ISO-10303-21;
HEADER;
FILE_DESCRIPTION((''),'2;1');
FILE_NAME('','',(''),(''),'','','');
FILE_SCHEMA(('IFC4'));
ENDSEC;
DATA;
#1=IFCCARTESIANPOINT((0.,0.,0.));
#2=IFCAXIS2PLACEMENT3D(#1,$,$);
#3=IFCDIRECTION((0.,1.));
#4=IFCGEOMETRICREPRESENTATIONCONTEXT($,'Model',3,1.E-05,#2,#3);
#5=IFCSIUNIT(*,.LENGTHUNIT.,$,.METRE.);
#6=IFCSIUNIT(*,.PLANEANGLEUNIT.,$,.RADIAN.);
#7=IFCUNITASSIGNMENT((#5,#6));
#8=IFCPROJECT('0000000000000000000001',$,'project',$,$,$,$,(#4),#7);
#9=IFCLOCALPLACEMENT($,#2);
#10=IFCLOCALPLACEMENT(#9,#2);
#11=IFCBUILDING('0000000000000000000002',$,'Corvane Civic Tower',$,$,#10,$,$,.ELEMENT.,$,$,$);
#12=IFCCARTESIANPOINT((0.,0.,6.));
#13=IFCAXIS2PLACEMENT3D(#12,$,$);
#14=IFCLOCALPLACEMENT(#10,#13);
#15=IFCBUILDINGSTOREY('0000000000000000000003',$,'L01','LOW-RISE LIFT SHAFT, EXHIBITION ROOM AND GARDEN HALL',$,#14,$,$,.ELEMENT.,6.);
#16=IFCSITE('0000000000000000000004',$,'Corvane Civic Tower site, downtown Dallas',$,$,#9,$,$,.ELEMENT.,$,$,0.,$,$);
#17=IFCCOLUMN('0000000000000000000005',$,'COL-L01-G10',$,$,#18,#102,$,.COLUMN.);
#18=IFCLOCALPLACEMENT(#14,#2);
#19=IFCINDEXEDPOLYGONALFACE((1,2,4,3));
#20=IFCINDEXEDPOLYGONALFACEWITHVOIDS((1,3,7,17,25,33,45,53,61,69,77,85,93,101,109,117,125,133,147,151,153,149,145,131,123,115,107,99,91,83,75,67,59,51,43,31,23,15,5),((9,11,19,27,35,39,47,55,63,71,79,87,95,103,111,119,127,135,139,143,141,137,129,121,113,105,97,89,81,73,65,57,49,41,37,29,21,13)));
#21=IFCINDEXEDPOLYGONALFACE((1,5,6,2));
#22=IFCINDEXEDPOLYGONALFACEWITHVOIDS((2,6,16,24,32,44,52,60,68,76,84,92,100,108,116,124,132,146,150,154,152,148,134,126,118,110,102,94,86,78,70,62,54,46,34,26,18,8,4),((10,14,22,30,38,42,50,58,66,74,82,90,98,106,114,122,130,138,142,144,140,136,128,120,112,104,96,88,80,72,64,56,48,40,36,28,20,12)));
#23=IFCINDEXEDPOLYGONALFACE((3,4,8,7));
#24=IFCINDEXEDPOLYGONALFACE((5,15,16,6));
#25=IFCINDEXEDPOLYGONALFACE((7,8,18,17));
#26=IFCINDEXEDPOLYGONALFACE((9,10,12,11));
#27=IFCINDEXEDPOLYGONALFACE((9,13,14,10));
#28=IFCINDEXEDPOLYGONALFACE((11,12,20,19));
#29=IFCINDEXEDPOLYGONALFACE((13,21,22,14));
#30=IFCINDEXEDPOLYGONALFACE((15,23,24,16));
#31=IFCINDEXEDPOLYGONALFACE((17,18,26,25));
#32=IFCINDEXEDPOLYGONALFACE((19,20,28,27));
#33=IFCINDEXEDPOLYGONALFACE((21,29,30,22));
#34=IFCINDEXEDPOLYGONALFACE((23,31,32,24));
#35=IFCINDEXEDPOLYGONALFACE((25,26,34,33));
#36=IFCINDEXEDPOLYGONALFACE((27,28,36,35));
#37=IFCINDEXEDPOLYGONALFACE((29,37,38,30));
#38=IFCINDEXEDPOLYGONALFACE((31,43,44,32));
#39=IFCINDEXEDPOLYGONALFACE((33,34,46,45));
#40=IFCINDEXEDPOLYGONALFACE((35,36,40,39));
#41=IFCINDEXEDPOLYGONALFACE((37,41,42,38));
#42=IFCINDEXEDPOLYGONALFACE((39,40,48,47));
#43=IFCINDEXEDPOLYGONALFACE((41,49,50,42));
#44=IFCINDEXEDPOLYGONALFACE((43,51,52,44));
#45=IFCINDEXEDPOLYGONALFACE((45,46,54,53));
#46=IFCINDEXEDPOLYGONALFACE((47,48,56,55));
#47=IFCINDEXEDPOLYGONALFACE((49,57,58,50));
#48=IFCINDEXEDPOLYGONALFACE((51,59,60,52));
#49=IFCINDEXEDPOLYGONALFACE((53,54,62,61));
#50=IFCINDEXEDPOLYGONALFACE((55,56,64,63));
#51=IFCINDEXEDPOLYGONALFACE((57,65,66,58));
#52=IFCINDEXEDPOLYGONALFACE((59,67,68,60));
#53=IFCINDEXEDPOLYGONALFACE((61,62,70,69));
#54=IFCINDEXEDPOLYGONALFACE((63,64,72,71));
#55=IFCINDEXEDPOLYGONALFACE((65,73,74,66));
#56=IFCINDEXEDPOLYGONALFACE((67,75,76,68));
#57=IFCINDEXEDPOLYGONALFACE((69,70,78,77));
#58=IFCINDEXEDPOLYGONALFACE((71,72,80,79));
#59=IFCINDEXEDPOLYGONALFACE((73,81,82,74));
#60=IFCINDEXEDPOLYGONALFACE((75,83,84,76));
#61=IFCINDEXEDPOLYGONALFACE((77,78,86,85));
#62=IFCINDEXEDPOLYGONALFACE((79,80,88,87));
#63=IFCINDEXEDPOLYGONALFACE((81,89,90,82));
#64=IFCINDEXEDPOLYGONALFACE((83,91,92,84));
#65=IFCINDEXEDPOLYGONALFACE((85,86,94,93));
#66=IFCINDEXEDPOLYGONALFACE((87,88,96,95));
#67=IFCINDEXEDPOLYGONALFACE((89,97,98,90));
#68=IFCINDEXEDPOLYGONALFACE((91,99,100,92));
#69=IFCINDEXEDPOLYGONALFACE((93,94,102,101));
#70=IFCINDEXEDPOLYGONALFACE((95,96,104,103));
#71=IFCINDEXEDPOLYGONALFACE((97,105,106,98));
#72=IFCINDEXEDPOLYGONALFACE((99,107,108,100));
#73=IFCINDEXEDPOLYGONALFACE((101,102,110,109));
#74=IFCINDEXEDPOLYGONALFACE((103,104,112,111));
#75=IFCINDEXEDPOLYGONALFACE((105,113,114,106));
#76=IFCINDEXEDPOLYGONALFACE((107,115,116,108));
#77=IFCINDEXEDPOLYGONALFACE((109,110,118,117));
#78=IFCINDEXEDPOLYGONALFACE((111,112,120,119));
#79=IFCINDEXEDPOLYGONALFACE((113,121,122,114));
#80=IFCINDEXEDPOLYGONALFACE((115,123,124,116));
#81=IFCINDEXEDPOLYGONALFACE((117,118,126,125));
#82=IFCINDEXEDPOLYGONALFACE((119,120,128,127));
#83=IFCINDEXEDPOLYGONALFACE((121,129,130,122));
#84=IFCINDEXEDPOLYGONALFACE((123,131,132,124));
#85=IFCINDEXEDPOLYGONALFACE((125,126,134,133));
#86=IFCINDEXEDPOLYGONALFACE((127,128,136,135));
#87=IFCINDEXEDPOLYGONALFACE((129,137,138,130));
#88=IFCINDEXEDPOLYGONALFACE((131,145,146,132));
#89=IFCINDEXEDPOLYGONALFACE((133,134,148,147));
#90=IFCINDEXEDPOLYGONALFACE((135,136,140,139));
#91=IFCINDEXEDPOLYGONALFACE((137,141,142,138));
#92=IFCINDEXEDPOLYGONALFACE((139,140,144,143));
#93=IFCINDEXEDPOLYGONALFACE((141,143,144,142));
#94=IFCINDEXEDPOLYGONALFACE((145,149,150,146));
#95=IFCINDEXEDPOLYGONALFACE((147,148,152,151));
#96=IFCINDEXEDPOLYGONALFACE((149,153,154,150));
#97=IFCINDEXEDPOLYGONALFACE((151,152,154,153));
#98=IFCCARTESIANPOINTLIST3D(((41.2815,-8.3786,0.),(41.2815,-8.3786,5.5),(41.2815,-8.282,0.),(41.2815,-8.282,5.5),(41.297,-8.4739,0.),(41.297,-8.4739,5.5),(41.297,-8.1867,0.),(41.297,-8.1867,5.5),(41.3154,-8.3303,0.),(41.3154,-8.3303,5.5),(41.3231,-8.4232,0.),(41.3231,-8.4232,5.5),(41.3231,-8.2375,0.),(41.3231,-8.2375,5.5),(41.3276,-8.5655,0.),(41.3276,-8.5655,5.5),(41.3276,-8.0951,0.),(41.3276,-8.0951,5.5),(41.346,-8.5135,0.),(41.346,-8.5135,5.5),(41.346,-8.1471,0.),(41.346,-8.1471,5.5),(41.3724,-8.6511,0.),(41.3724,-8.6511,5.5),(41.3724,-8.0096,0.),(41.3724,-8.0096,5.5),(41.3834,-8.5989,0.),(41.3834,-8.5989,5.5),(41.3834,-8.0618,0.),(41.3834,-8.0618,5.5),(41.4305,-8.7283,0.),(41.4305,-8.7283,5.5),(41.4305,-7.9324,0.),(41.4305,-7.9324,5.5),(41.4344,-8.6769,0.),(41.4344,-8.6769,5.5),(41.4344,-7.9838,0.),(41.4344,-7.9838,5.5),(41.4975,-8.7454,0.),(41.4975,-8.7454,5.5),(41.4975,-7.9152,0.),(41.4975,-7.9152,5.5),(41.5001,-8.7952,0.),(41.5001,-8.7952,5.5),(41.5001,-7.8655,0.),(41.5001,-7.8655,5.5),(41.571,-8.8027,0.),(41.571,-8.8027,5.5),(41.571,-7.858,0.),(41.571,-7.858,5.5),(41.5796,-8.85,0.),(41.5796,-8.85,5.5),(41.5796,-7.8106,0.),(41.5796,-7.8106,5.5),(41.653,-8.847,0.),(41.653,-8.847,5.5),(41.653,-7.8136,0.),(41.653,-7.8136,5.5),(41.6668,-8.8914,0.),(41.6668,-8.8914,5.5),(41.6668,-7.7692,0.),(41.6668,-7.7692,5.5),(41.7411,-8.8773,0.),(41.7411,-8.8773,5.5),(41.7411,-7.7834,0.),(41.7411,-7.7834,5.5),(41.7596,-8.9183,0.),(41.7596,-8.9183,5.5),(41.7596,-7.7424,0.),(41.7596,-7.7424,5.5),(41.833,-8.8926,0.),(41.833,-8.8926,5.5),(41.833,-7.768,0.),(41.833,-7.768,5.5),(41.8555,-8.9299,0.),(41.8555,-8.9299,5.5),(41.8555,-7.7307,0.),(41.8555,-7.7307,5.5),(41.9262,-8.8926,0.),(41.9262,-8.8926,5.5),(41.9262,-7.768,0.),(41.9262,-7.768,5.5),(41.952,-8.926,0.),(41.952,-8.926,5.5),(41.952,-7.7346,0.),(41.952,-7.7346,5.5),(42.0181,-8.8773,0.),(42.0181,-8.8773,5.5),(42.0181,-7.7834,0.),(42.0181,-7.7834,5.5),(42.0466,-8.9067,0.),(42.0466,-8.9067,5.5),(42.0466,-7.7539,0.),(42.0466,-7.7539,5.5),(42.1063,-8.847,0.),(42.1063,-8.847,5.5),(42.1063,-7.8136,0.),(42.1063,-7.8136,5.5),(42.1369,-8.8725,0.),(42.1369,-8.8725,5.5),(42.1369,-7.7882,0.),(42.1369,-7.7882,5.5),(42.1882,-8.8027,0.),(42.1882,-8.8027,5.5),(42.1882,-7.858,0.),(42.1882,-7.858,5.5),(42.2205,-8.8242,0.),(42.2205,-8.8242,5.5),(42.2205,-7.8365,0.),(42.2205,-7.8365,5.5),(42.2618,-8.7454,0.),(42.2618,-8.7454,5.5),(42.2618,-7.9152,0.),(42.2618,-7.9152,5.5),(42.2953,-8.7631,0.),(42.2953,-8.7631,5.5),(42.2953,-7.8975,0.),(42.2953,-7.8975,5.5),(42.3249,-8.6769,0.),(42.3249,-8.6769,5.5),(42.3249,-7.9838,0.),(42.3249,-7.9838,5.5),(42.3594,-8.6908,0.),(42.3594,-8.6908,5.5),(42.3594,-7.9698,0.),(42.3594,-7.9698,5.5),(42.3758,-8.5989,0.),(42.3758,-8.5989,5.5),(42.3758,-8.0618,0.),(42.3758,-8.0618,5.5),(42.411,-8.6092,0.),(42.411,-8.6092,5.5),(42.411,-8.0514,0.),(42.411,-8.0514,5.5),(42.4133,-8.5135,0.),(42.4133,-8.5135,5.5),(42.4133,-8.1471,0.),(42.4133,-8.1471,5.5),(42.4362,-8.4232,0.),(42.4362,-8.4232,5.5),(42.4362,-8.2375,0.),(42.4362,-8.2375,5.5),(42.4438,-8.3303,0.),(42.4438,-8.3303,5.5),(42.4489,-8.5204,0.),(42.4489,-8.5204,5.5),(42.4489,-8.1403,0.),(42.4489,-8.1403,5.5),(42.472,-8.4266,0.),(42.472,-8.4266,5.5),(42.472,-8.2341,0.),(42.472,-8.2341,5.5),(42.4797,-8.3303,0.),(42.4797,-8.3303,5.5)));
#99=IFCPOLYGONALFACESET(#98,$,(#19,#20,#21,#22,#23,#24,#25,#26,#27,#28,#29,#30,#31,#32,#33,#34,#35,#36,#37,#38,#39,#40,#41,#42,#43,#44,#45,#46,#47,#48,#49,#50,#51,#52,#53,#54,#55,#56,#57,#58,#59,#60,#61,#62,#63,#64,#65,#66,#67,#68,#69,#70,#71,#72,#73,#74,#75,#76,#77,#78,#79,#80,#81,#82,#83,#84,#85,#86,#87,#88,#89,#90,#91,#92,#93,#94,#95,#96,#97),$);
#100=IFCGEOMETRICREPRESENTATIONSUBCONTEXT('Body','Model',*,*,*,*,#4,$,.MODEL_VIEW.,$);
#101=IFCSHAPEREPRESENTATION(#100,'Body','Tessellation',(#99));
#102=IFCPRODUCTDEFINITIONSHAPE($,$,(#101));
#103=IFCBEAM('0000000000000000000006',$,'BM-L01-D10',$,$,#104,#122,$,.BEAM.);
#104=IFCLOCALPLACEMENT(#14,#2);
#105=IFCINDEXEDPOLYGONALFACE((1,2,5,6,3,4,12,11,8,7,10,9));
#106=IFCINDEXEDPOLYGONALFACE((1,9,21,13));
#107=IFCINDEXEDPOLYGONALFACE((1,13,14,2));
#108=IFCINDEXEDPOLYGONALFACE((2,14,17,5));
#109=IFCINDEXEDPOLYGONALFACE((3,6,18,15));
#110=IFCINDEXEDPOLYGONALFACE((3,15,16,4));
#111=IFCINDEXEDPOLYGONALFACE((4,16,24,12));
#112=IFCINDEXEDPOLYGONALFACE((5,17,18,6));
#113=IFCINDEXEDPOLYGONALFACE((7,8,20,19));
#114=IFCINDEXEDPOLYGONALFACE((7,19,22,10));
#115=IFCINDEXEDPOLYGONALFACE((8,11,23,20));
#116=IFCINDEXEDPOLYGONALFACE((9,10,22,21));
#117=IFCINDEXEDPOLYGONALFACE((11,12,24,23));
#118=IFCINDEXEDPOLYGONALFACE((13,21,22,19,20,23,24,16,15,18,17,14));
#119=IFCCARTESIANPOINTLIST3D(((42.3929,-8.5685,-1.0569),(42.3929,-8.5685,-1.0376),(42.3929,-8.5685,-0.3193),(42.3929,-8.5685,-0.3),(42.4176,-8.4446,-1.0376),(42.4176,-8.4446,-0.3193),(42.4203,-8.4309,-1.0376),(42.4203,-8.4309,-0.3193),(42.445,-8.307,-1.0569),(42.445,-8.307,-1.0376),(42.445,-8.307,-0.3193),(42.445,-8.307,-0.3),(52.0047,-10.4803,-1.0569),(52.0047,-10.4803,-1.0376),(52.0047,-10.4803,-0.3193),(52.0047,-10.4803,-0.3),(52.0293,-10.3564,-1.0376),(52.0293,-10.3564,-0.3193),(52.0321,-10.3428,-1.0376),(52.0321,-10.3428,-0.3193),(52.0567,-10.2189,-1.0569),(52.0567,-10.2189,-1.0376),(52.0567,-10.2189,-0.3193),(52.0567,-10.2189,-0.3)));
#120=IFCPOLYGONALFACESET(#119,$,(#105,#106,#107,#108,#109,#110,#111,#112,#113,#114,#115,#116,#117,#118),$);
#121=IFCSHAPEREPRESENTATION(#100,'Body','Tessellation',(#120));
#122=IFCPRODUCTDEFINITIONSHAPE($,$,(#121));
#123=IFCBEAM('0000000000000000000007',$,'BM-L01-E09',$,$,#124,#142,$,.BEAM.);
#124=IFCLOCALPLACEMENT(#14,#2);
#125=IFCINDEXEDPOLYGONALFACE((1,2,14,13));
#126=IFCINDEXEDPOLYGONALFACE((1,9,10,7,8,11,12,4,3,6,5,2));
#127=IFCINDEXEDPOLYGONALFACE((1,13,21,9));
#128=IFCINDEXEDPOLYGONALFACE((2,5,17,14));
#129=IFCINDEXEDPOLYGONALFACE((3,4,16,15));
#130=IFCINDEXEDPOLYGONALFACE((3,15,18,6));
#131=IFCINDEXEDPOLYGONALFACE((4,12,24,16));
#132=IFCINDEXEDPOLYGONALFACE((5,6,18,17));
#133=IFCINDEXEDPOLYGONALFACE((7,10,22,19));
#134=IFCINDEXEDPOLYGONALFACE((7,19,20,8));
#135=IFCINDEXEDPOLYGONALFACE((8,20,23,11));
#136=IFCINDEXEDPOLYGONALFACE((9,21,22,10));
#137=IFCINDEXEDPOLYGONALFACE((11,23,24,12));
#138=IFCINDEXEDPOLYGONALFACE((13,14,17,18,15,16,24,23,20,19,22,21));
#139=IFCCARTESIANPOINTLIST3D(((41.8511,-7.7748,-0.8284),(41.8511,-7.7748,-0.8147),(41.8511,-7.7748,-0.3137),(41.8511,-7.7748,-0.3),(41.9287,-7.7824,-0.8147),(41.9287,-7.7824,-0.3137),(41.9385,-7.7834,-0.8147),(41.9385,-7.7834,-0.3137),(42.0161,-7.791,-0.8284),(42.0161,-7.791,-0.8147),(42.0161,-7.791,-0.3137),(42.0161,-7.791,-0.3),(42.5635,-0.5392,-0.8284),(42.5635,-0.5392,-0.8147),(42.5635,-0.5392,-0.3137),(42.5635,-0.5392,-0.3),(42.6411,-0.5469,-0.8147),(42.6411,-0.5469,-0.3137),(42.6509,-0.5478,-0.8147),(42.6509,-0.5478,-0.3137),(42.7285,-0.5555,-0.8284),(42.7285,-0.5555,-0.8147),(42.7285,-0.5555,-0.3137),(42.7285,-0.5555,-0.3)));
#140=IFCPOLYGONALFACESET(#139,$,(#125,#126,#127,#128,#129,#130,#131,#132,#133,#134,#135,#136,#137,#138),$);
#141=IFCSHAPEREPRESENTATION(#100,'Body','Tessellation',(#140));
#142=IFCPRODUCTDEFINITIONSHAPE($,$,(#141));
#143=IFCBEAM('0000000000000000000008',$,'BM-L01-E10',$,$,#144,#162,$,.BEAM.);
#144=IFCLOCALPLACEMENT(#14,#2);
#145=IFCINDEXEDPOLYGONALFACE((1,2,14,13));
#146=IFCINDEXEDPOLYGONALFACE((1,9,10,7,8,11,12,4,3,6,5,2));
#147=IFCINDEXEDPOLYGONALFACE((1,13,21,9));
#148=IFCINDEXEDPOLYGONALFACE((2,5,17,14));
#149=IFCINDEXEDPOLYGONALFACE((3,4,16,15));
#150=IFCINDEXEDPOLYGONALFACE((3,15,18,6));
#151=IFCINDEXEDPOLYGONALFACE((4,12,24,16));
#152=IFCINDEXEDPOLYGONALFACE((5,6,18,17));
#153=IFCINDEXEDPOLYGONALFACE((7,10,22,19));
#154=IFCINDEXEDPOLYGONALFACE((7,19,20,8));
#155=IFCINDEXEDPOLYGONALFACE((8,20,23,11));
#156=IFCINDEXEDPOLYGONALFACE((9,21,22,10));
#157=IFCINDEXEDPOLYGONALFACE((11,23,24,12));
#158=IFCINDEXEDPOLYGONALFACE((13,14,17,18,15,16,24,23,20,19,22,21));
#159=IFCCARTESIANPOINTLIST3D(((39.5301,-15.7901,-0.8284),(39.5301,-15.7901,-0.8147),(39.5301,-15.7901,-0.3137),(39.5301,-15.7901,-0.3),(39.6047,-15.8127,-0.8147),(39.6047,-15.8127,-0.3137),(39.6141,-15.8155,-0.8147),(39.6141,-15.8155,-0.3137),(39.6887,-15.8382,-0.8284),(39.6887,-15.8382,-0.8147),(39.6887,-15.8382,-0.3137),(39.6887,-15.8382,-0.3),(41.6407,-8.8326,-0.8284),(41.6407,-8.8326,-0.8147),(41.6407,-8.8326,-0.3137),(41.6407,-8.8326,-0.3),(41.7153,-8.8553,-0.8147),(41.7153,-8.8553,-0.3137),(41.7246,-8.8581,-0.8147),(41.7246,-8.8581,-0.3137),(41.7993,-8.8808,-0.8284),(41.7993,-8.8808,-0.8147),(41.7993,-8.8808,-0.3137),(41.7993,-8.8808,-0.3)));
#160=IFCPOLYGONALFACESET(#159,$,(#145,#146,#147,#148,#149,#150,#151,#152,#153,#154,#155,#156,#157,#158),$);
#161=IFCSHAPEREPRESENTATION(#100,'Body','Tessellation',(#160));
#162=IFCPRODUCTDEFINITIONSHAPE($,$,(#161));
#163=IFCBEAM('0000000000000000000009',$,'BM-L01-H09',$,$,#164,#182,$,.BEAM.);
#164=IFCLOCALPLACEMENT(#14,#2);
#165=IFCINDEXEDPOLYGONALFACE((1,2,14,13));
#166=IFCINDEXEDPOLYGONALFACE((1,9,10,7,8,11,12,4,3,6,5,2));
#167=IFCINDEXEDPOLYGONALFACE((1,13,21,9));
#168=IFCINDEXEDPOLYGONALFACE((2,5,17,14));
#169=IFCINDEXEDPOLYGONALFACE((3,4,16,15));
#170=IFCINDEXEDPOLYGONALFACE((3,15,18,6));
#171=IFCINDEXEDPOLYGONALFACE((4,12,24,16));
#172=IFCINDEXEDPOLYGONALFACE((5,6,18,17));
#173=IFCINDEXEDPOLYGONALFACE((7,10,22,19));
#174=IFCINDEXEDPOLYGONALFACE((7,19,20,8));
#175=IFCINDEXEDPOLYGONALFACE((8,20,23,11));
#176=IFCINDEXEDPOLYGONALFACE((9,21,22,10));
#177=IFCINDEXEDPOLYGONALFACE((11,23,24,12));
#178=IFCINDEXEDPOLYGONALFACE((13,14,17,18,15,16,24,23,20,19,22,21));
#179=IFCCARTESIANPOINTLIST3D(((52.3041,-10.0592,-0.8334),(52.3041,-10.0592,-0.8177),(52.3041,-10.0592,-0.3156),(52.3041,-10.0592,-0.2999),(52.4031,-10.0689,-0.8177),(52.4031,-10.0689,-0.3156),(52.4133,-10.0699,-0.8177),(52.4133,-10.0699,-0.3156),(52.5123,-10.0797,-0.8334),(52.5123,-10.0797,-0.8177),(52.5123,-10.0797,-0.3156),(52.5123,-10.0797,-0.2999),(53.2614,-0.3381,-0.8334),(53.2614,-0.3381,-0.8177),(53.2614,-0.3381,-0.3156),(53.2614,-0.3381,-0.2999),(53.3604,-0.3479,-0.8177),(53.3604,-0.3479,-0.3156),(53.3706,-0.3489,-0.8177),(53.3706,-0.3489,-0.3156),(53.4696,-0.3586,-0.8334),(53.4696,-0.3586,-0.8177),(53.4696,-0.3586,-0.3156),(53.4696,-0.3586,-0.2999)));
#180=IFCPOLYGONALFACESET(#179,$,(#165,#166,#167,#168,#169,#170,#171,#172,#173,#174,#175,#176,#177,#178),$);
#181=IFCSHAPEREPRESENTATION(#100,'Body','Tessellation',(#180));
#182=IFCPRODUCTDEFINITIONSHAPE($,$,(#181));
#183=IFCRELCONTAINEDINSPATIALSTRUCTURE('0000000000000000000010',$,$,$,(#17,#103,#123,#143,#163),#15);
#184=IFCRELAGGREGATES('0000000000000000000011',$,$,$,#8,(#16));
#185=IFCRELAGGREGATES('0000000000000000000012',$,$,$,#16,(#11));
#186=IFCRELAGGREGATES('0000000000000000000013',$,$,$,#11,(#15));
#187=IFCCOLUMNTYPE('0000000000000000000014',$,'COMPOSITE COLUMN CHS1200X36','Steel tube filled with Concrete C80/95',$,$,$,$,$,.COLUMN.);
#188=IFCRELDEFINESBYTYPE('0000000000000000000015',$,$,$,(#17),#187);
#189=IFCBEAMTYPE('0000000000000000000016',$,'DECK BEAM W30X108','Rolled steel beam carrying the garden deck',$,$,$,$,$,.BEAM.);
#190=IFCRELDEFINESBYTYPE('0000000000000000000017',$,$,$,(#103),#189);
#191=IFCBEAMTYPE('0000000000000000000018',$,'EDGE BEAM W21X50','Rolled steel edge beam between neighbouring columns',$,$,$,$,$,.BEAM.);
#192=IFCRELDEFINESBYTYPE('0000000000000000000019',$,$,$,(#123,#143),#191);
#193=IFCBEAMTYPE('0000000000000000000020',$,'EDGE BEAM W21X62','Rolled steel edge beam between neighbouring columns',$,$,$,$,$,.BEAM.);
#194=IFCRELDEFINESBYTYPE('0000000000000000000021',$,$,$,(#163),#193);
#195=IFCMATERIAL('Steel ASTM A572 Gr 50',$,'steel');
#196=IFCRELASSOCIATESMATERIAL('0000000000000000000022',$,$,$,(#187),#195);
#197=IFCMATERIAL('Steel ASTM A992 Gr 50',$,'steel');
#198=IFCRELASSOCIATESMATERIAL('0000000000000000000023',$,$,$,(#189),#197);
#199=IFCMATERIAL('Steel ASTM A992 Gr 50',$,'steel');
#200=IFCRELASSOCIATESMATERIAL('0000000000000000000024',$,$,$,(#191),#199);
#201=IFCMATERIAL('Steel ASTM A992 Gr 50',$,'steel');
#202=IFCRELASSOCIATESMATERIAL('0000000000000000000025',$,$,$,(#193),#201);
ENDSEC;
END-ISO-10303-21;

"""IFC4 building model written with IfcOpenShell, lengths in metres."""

from ifc_helpers import new_model, si_unit, direction, frame, origin, origin_2d, place, context, subcontext, project, spatial, hollow_circle, i_section, extrude, material, material_profile, profile_set, type_object, element, save


model = new_model("IFC4")

# Units and contexts
model_context = context("Model", 3, precision=1e-05, world=origin(), true_north=direction((0.0, 1.0)))
body_context = subcontext(model_context, "Body", "Model", "MODEL_VIEW")
ifc_project = project(units=[si_unit("LENGTHUNIT", "METRE"), si_unit("PLANEANGLEUNIT", "RADIAN")], contexts=[model_context])

# Site, building, storey
site_placement = place(None, origin())
site = spatial("IfcSite", under=ifc_project, at=site_placement, Name="Corvane Civic Tower site, downtown Dallas", CompositionType="ELEMENT", RefElevation=0.0)
building_placement = place(site_placement, origin())
building = spatial("IfcBuilding", under=site, at=building_placement, Name="Corvane Civic Tower", CompositionType="ELEMENT")
storey_placement = place(building_placement, frame((0.0, 0.0, 6.0)))
storey = spatial("IfcBuildingStorey", under=building, at=storey_placement, Name="L01", Description="LOW-RISE LIFT SHAFT, EXHIBITION ROOM AND GARDEN HALL", CompositionType="ELEMENT", Elevation=6.0)

# Column
ifc_material_1 = material(Name="Steel ASTM A572 Gr 50", Category="steel")
ifc_material_profile_1 = material_profile(ifc_material_1, hollow_circle(Radius=0.6001, WallThickness=0.0359, at=origin_2d()), Name="CHS1200X36")
ifc_profile_set_1 = profile_set([ifc_material_profile_1], Name="Steel ASTM A572 Gr 50")
column_type = type_object("IfcColumnType", Name="COMPOSITE COLUMN CHS1200X36", Description="Steel tube filled with Concrete C80/95", PredefinedType="COLUMN", material=ifc_profile_set_1)
column_placement = place(storey_placement, frame((41.8796, -8.3303, 0.0), z_axis=(0.0, 0.0, 1.0), x_axis=(1.0, 0.0, 0.0)))
element("IfcColumn", 1, at=column_placement, inside=storey, type_object=column_type, Name="COL-L01-G10", PredefinedType="COLUMN", context=body_context, shape_type="SweptSolid", body=[
    extrude(hollow_circle(Radius=0.6001, WallThickness=0.0359, at=origin_2d()), origin(), (0.0, 0.0, 1.0), 5.5),
])

# Beams
ifc_material_2 = material(Name="Steel ASTM A992 Gr 50", Category="steel")
ifc_material_profile_2 = material_profile(ifc_material_2, i_section(OverallWidth=0.2666, OverallDepth=0.7568, WebThickness=0.0139, FlangeThickness=0.0193, at=origin_2d()), Name="W30X108")
ifc_profile_set_2 = profile_set([ifc_material_profile_2], Name="Steel ASTM A992 Gr 50")
beam_type_1 = type_object("IfcBeamType", Name="DECK BEAM W30X108", Description="Rolled steel beam carrying the garden deck", PredefinedType="BEAM", material=ifc_profile_set_2)
beam_1_placement = place(storey_placement, frame((42.4189, -8.4377, -0.6785), z_axis=(0.980786, -0.195086, 0.0), x_axis=(0.195086, 0.980786, 0.0)))
element("IfcBeam", 2, at=beam_1_placement, inside=storey, type_object=beam_type_1, Name="BM-L01-D10", PredefinedType="BEAM", context=body_context, shape_type="SweptSolid", body=[
    extrude(i_section(OverallWidth=0.2666, OverallDepth=0.7568, WebThickness=0.0139, FlangeThickness=0.0193, at=origin_2d()), origin(), (0.0, 0.0, 1.0), 9.8),
])
ifc_material_3 = material(Name="Steel ASTM A992 Gr 50", Category="steel")
ifc_material_profile_3 = material_profile(ifc_material_3, i_section(OverallWidth=0.1658, OverallDepth=0.5283, WebThickness=0.0098, FlangeThickness=0.0137, at=origin_2d()), Name="W21X50")
ifc_profile_set_3 = profile_set([ifc_material_profile_3], Name="Steel ASTM A992 Gr 50")
beam_type_2 = type_object("IfcBeamType", Name="EDGE BEAM W21X50", Description="Rolled steel edge beam between neighbouring columns", PredefinedType="BEAM", material=ifc_profile_set_3)
for number, where, z_axis, x_axis, name in (
    (3, (42.646, -0.5474, -0.5642), (-0.097984, -0.995188, 0.0), (0.995188, -0.097984, 0.0), "BM-L01-E09"),
    (4, (41.72, -8.8567, -0.5642), (-0.290292, -0.956938, 0.0), (0.956938, -0.290292, 0.0), "BM-L01-E10"),
):
    element("IfcBeam", number, at=place(storey_placement, frame(where, z_axis=z_axis, x_axis=x_axis)), inside=storey, type_object=beam_type_2, Name=name, PredefinedType="BEAM", context=body_context, shape_type="SweptSolid", body=[
        extrude(i_section(OverallWidth=0.1658, OverallDepth=0.5283, WebThickness=0.0098, FlangeThickness=0.0137, at=origin_2d()), origin(), (0.0, 0.0, 1.0), 7.2705),
    ])
ifc_material_4 = material(Name="Steel ASTM A992 Gr 50", Category="steel")
ifc_material_profile_4 = material_profile(ifc_material_4, i_section(OverallWidth=0.2092, OverallDepth=0.5334, WebThickness=0.0103, FlangeThickness=0.0156, at=origin_2d()), Name="W21X62")
ifc_profile_set_4 = profile_set([ifc_material_profile_4], Name="Steel ASTM A992 Gr 50")
beam_type_3 = type_object("IfcBeamType", Name="EDGE BEAM W21X62", Description="Rolled steel edge beam between neighbouring columns", PredefinedType="BEAM", material=ifc_profile_set_4)
beam_2_placement = place(storey_placement, frame((53.3655, -0.3484, -0.5667), z_axis=(-0.098001, -0.995186, 0.0), x_axis=(0.995186, -0.098001, 0.0)))
element("IfcBeam", 5, at=beam_2_placement, inside=storey, type_object=beam_type_3, Name="BM-L01-H09", PredefinedType="BEAM", context=body_context, shape_type="SweptSolid", body=[
    extrude(i_section(OverallWidth=0.2092, OverallDepth=0.5334, WebThickness=0.0103, FlangeThickness=0.0156, at=origin_2d()), origin(), (0.0, 0.0, 1.0), 9.7681),
])

save(model, "model.ifc")
